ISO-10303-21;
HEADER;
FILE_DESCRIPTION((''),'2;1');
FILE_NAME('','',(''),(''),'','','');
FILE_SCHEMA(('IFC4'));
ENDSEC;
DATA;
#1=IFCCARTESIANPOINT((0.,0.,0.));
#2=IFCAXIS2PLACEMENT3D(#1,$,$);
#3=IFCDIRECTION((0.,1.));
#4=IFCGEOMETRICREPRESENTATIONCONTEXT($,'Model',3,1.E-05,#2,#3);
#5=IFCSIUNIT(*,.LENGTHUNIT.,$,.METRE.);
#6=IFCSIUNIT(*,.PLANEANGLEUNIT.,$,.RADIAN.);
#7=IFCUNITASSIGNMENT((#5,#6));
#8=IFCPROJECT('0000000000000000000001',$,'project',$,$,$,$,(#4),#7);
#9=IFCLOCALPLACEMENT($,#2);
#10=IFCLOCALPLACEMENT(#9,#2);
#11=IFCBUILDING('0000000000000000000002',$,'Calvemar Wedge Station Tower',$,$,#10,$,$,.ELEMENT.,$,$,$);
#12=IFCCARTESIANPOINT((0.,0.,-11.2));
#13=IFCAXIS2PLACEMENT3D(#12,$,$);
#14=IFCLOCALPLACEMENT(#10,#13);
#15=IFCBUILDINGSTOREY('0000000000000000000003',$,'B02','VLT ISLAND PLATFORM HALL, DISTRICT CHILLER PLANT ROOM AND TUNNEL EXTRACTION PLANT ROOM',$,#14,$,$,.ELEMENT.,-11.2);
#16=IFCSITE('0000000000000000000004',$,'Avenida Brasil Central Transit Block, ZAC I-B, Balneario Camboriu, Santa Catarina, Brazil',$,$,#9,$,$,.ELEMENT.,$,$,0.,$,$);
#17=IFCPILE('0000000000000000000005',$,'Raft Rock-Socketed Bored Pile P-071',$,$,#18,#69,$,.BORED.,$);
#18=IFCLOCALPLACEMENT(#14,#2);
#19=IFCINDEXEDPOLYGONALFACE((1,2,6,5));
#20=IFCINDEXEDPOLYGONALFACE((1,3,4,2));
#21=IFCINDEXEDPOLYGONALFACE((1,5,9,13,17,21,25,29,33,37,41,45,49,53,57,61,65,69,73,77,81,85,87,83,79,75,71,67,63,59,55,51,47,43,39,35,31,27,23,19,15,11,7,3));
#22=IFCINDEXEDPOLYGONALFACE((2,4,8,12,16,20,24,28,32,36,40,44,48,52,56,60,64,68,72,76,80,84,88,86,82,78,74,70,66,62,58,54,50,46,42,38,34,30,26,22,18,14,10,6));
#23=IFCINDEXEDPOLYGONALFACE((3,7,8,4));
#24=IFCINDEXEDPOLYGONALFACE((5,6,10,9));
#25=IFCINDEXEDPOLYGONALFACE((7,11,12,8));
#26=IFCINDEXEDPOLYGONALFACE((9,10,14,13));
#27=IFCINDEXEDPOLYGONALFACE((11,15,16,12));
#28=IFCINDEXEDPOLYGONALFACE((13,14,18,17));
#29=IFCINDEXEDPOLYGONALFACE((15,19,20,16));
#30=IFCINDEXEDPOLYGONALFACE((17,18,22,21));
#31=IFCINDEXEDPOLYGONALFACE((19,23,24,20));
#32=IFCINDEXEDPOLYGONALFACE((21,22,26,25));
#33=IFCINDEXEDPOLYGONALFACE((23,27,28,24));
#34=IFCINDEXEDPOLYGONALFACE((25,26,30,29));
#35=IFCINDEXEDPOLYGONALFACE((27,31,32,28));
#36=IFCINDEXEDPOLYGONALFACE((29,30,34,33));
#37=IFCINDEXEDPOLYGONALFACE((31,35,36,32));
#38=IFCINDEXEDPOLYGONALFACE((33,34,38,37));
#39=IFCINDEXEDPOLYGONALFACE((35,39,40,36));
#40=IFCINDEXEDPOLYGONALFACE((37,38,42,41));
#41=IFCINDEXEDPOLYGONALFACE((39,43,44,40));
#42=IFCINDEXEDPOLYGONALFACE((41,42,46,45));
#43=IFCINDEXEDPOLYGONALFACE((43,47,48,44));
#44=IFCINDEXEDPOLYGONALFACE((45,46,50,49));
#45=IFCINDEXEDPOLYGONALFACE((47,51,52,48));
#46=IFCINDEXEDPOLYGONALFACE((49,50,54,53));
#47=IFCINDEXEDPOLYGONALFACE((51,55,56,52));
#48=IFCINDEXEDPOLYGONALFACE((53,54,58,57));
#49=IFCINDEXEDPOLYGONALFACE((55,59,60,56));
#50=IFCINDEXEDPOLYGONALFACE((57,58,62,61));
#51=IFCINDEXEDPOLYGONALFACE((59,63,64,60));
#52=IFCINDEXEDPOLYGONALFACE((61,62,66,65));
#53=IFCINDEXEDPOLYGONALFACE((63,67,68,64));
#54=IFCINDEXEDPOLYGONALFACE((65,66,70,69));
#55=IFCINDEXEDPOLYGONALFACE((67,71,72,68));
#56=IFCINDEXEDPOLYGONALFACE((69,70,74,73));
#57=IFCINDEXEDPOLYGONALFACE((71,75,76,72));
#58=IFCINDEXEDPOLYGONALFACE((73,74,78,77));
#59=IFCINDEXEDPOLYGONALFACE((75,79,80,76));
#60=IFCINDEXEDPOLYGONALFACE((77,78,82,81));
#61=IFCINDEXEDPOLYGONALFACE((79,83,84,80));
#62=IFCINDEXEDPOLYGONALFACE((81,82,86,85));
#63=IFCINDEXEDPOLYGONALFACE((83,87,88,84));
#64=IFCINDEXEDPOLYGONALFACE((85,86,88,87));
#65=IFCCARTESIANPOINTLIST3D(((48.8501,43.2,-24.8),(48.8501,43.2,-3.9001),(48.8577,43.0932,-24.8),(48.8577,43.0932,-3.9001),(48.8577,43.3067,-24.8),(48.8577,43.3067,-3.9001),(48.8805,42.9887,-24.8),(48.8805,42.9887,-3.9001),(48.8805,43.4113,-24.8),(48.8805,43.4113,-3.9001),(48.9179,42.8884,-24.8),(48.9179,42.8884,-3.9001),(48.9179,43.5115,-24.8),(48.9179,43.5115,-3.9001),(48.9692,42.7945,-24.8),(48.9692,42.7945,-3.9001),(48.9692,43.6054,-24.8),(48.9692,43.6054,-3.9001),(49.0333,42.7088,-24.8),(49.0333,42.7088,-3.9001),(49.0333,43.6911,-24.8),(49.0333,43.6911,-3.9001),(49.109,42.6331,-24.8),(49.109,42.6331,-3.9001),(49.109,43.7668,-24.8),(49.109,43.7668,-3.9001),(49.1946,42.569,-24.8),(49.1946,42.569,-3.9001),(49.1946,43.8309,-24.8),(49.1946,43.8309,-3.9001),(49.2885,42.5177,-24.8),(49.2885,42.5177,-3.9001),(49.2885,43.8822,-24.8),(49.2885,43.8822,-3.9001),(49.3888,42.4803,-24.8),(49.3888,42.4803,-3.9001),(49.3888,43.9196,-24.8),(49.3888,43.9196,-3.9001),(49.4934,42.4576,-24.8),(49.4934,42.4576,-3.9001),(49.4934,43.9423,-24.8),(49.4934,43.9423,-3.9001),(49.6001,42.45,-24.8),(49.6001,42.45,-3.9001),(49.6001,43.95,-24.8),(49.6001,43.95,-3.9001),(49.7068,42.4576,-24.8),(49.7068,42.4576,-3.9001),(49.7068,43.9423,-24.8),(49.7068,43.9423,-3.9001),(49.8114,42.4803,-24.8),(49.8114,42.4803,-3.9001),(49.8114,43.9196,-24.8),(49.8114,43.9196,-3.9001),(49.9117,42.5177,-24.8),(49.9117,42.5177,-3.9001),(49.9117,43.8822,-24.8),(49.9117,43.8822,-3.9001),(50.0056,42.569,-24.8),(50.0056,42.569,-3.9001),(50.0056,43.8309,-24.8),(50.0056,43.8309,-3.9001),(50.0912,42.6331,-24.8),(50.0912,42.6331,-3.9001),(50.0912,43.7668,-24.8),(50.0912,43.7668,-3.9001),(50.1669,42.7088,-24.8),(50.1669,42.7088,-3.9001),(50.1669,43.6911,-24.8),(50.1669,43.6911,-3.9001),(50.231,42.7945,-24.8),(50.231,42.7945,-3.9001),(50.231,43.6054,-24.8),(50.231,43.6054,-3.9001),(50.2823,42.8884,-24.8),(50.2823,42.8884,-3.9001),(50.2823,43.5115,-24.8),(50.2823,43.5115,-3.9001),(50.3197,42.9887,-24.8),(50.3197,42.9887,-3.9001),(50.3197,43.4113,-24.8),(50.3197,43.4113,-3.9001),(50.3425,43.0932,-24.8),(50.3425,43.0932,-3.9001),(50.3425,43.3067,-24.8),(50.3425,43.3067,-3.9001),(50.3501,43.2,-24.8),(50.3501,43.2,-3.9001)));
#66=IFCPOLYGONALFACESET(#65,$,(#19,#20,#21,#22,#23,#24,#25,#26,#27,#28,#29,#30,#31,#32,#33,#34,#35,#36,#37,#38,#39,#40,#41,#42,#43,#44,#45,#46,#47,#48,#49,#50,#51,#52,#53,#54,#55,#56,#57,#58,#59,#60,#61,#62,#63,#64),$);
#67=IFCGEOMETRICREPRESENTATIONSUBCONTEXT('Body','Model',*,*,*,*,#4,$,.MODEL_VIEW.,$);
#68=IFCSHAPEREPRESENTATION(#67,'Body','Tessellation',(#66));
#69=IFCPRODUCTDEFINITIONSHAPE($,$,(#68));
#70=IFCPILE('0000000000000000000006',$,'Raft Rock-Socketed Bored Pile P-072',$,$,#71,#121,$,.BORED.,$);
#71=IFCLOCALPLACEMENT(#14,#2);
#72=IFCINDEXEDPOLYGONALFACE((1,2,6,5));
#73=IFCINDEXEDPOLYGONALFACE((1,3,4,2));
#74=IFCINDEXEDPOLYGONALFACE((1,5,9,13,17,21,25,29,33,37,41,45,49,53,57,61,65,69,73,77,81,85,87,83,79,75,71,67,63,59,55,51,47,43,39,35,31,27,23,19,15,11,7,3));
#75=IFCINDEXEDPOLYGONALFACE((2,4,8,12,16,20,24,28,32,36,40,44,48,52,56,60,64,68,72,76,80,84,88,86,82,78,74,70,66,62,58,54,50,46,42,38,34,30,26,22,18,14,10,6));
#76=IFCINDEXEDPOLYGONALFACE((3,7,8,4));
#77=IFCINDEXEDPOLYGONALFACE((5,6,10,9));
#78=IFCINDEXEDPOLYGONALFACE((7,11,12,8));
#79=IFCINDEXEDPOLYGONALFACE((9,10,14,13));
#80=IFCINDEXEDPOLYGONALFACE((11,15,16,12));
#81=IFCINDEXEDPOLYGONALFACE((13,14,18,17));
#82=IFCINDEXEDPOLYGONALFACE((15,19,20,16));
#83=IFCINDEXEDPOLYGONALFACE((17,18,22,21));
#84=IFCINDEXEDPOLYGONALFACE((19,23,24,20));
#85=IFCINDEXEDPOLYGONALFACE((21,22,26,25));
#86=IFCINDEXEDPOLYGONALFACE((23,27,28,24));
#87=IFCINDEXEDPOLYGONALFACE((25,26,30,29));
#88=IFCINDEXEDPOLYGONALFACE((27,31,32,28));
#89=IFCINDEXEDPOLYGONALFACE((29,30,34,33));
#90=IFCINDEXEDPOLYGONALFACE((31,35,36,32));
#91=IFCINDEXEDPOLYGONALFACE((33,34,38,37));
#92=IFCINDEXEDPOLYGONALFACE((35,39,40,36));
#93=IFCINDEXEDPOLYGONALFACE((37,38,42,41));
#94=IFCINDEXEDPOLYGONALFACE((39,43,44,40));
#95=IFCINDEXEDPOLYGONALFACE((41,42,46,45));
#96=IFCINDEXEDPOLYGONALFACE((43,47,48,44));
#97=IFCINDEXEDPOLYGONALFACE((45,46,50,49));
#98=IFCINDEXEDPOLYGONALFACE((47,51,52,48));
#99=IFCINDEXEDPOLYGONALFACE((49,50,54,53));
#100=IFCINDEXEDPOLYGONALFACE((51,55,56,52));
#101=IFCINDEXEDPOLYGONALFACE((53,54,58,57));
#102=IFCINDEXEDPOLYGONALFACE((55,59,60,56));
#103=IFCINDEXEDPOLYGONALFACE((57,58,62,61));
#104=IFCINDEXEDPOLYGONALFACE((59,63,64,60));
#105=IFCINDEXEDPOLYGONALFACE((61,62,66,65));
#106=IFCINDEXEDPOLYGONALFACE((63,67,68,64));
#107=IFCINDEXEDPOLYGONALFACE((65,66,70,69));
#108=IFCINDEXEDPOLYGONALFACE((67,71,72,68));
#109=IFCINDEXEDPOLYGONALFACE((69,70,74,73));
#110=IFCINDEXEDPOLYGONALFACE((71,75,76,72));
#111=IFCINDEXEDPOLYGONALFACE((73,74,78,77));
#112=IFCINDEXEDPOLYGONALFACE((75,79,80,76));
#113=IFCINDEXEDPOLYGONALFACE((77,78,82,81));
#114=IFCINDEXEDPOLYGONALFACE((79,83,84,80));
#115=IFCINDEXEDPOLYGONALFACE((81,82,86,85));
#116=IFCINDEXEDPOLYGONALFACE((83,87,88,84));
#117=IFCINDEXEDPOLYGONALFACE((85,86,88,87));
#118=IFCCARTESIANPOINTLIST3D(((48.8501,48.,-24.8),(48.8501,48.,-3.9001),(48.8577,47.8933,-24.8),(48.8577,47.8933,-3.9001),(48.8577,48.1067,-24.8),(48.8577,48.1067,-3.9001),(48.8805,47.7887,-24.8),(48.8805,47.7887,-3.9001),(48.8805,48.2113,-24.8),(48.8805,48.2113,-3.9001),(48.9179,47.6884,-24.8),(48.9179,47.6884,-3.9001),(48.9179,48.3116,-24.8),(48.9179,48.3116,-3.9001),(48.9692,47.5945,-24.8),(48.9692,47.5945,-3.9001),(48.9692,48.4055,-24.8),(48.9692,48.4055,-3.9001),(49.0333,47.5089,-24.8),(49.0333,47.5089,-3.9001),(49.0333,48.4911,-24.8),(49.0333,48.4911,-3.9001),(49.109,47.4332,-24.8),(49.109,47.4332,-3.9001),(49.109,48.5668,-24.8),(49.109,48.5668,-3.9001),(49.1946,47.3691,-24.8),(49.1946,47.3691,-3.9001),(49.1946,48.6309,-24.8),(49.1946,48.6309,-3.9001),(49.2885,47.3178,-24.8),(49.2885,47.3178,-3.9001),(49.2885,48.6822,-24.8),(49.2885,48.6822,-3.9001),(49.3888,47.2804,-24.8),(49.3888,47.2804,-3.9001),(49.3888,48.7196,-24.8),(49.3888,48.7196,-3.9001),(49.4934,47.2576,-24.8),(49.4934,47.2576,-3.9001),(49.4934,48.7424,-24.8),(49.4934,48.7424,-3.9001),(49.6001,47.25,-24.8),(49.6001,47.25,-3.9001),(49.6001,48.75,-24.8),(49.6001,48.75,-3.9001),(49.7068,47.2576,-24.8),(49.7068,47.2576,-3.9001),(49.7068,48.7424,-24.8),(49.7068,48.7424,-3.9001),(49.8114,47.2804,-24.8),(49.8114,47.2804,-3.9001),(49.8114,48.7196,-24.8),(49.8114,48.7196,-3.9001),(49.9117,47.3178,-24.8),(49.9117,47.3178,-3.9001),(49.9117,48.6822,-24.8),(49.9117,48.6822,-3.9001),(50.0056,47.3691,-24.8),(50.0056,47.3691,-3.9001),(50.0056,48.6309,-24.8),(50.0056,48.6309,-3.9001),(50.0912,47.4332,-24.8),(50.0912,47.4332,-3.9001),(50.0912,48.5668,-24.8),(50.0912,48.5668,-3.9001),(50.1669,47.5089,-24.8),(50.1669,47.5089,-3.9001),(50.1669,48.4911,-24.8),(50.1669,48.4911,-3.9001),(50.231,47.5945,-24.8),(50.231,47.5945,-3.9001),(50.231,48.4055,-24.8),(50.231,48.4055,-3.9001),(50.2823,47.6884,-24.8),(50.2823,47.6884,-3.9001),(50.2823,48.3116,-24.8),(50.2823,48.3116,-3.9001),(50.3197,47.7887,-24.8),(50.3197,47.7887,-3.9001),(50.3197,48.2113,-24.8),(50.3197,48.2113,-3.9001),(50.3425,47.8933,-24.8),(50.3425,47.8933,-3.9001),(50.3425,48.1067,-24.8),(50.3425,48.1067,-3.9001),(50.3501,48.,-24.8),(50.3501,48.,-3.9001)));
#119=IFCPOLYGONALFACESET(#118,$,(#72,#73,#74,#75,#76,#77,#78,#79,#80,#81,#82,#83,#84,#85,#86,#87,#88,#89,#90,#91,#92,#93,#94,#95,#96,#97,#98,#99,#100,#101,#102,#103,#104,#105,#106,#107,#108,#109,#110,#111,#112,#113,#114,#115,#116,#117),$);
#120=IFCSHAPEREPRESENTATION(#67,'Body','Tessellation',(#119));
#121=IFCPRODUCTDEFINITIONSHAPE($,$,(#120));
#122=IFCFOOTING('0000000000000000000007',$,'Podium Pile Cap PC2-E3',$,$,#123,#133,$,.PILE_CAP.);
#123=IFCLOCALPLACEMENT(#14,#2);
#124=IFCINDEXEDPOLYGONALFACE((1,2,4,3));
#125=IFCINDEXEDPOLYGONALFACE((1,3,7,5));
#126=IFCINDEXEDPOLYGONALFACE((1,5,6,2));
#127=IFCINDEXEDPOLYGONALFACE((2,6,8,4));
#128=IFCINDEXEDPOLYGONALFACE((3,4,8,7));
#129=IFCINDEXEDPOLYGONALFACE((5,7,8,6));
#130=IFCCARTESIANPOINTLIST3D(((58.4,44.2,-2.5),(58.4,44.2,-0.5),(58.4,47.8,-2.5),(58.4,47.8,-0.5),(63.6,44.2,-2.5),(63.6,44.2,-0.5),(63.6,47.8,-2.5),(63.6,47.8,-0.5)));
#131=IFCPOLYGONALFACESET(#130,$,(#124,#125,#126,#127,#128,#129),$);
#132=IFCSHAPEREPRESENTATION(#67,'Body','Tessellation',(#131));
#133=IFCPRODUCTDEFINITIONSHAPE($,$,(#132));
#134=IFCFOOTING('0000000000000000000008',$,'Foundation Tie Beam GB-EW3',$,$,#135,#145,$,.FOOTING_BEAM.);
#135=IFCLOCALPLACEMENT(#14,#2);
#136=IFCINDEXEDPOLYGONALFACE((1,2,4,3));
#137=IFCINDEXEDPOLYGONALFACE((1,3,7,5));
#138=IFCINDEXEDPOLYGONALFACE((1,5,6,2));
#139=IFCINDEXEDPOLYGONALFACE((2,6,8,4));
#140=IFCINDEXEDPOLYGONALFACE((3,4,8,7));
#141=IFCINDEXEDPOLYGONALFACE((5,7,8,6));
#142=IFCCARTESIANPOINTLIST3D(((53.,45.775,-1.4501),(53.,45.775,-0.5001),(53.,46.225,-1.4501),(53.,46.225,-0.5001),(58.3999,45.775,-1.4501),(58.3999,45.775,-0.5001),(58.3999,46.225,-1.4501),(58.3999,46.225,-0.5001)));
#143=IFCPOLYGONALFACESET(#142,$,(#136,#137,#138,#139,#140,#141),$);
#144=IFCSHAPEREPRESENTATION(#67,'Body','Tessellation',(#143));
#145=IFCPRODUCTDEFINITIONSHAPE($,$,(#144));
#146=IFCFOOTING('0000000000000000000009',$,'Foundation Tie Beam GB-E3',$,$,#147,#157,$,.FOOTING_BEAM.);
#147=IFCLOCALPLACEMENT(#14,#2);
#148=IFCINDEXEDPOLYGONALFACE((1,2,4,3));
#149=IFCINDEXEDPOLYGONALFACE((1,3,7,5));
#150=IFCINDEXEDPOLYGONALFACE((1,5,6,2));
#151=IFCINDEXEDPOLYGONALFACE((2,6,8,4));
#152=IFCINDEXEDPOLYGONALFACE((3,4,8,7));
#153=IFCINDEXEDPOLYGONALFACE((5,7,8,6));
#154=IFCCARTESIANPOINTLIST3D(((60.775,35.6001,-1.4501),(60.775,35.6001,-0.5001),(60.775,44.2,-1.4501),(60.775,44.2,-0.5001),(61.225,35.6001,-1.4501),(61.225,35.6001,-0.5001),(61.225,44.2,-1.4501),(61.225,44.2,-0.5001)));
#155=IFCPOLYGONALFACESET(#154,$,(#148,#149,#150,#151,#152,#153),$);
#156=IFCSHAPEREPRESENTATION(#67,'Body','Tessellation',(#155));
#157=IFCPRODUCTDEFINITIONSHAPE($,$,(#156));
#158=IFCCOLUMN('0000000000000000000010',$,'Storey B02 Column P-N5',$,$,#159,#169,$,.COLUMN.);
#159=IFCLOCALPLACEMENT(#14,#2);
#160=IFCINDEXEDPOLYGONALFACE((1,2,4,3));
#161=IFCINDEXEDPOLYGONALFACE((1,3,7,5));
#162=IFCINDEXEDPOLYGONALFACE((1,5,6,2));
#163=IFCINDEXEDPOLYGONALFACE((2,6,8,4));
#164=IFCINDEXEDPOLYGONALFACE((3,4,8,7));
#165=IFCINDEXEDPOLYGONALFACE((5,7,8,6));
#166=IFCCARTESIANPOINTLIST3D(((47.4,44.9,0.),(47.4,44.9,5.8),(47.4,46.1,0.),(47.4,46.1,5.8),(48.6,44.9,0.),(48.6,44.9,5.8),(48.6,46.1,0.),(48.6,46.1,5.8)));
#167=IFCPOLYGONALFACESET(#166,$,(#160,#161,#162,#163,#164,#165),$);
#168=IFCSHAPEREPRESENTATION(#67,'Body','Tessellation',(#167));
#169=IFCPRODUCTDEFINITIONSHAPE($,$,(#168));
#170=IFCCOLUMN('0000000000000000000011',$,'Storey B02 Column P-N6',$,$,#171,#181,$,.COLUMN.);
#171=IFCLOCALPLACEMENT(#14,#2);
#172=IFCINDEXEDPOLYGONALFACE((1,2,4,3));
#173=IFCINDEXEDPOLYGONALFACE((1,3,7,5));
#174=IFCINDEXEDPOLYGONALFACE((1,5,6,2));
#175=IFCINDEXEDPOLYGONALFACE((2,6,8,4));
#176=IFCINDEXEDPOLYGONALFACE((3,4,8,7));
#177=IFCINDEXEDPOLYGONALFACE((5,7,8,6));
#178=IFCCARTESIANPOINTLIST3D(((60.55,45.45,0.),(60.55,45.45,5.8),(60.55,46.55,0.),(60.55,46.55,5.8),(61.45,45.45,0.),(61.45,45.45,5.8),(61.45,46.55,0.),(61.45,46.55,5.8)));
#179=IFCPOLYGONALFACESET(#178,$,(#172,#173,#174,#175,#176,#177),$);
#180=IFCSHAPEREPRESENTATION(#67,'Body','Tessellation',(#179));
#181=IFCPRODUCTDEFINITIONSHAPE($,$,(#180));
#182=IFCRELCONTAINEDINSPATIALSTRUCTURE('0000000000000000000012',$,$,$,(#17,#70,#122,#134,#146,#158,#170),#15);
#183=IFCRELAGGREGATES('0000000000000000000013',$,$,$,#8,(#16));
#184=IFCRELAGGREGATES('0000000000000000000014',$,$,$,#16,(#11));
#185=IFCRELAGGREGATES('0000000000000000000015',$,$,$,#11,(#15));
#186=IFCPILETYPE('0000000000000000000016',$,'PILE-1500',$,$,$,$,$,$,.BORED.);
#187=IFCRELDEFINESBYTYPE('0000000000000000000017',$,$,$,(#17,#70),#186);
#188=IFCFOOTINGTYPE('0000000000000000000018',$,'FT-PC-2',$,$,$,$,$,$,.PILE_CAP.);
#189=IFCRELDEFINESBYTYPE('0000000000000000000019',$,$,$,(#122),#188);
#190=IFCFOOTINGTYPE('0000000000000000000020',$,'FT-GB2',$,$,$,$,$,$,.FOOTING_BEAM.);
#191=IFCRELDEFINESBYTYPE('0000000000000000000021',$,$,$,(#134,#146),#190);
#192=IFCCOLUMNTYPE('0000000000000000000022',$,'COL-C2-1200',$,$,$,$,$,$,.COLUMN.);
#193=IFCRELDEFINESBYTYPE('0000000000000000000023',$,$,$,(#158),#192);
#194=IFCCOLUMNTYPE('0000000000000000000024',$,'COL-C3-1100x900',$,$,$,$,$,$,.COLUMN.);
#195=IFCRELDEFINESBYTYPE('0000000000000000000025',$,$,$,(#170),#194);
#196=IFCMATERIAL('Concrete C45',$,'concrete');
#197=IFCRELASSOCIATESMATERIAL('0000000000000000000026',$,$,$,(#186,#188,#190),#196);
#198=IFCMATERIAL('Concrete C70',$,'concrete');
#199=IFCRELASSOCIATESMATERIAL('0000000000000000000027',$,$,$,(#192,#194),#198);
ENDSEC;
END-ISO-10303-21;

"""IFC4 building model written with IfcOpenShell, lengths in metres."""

from ifc_helpers import new_model, si_unit, direction, frame, origin, origin_2d, place, context, subcontext, project, spatial, rectangle, circle, extrude, source, transform, mapped, material, material_profile, profile_set, type_object, element, save


model = new_model("IFC4")

# Units and contexts
model_context = context("Model", 3, precision=1e-05, world=origin(), true_north=direction((0.0, 1.0)))
body_context = subcontext(model_context, "Body", "Model", "MODEL_VIEW")
ifc_project = project(units=[si_unit("LENGTHUNIT", "METRE"), si_unit("PLANEANGLEUNIT", "RADIAN")], contexts=[model_context])

# Site, building, storey
site_placement = place(None, origin())
site = spatial("IfcSite", under=ifc_project, at=site_placement, Name="Avenida Brasil Central Transit Block, ZAC I-B, Balneario Camboriu, Santa Catarina, Brazil", CompositionType="ELEMENT", RefElevation=0.0)
building_placement = place(site_placement, origin())
building = spatial("IfcBuilding", under=site, at=building_placement, Name="Calvemar Wedge Station Tower", CompositionType="ELEMENT")
storey_placement = place(building_placement, frame((0.0, 0.0, -11.2)))
storey = spatial("IfcBuildingStorey", under=building, at=storey_placement, Name="B02", Description="VLT ISLAND PLATFORM HALL, DISTRICT CHILLER PLANT ROOM AND TUNNEL EXTRACTION PLANT ROOM", CompositionType="ELEMENT", Elevation=-11.2)

# Piles
ifc_material_1 = material(Name="Concrete C45", Category="concrete")
ifc_material_profile_1 = material_profile(ifc_material_1, circle(Radius=0.75, at=origin_2d()), Name="PILE-D1500")
ifc_profile_set_1 = profile_set([ifc_material_profile_1], Name="Concrete C45")
pile_type_1 = type_object("IfcPileType", Name="PILE-1500", PredefinedType="BORED", material=ifc_profile_set_1)
for number, where, z_axis, x_axis, name in (
    (1, (49.6001, 43.2, -3.9001), (0.0, 0.0, -1.0), (1.0, 0.0, 0.0), "Raft Rock-Socketed Bored Pile P-071"),
    (2, (49.6001, 48.0, -3.9001), (0.0, 0.0, -1.0), (1.0, 0.0, 0.0), "Raft Rock-Socketed Bored Pile P-072"),
):
    element("IfcPile", number, at=place(storey_placement, frame(where, z_axis=z_axis, x_axis=x_axis)), inside=storey, type_object=pile_type_1, Name=name, PredefinedType="BORED", context=body_context, shape_type="SweptSolid", body=[
        extrude(circle(Radius=0.75, at=origin_2d()), origin(), (0.0, 0.0, 1.0), 20.8999),
    ])

# Footings
footing_type_1 = type_object("IfcFootingType", Name="FT-PC-2", PredefinedType="PILE_CAP", material=ifc_material_1)
shared_shape_1 = source(origin(), body_context, "Body", "SweptSolid", [
    extrude(rectangle(XDim=5.2, YDim=3.6001, at=origin_2d()), origin(), (0.0, 0.0, 1.0), 2.0),
])
footing_1_placement = place(storey_placement, frame((61.0, 46.0, -2.5), z_axis=(0.0, 0.0, 1.0), x_axis=(1.0, 0.0, 0.0)))
element("IfcFooting", 3, at=footing_1_placement, inside=storey, type_object=footing_type_1, Name="Podium Pile Cap PC2-E3", PredefinedType="PILE_CAP", context=body_context, shape_type="MappedRepresentation", body=[
    mapped(shared_shape_1, transform((0.0, 0.0, 0.0), scale=1.0)),
])
ifc_material_profile_2 = material_profile(ifc_material_1, rectangle(XDim=0.45, YDim=0.95, at=origin_2d()), Name="RC450x950")
ifc_profile_set_2 = profile_set([ifc_material_profile_2], Name="Concrete C45")
footing_type_2 = type_object("IfcFootingType", Name="FT-GB2", PredefinedType="FOOTING_BEAM", material=ifc_profile_set_2)
shared_shape_2 = source(origin(), body_context, "Body", "SweptSolid", [
    extrude(rectangle(XDim=0.45, YDim=0.95, at=origin_2d()), origin(), (0.0, 0.0, 1.0), 5.3999),
])
footing_2_placement = place(storey_placement, frame((53.0, 46.0, -0.9751), z_axis=(1.0, 0.0, 0.0), x_axis=(0.0, 1.0, 0.0)))
element("IfcFooting", 4, at=footing_2_placement, inside=storey, type_object=footing_type_2, Name="Foundation Tie Beam GB-EW3", PredefinedType="FOOTING_BEAM", context=body_context, shape_type="MappedRepresentation", body=[
    mapped(shared_shape_2, transform((0.0, 0.0, 0.0), scale=1.0)),
])
shared_shape_3 = source(origin(), body_context, "Body", "SweptSolid", [
    extrude(rectangle(XDim=0.45, YDim=0.95, at=origin_2d()), origin(), (0.0, 0.0, 1.0), 8.5999),
])
footing_3_placement = place(storey_placement, frame((61.0, 35.6001, -0.9751), z_axis=(0.0, 1.0, 0.0), x_axis=(-1.0, 0.0, 0.0)))
element("IfcFooting", 5, at=footing_3_placement, inside=storey, type_object=footing_type_2, Name="Foundation Tie Beam GB-E3", PredefinedType="FOOTING_BEAM", context=body_context, shape_type="MappedRepresentation", body=[
    mapped(shared_shape_3, transform((0.0, 0.0, 0.0), scale=1.0)),
])

# Columns
ifc_material_2 = material(Name="Concrete C70", Category="concrete")
ifc_material_profile_3 = material_profile(ifc_material_2, rectangle(XDim=1.2, YDim=1.2, at=origin_2d()), Name="RC1200x1200")
ifc_profile_set_3 = profile_set([ifc_material_profile_3], Name="Concrete C70")
column_type_1 = type_object("IfcColumnType", Name="COL-C2-1200", PredefinedType="COLUMN", material=ifc_profile_set_3)
shared_shape_4 = source(origin(), body_context, "Body", "SweptSolid", [
    extrude(rectangle(XDim=1.2, YDim=1.2, at=origin_2d()), origin(), (0.0, 0.0, 1.0), 5.8),
])
column_1_placement = place(storey_placement, frame((48.0, 45.5, 0.0), z_axis=(0.0, 0.0, 1.0), x_axis=(1.0, 0.0, 0.0)))
element("IfcColumn", 6, at=column_1_placement, inside=storey, type_object=column_type_1, Name="Storey B02 Column P-N5", PredefinedType="COLUMN", context=body_context, shape_type="MappedRepresentation", body=[
    mapped(shared_shape_4, transform((0.0, 0.0, 0.0), scale=1.0)),
])
ifc_material_profile_4 = material_profile(ifc_material_2, rectangle(XDim=0.8999, YDim=1.1001, at=origin_2d()), Name="RC1100x900")
ifc_profile_set_4 = profile_set([ifc_material_profile_4], Name="Concrete C70")
column_type_2 = type_object("IfcColumnType", Name="COL-C3-1100x900", PredefinedType="COLUMN", material=ifc_profile_set_4)
shared_shape_5 = source(origin(), body_context, "Body", "SweptSolid", [
    extrude(rectangle(XDim=0.8999, YDim=1.1001, at=origin_2d()), origin(), (0.0, 0.0, 1.0), 5.8),
])
column_2_placement = place(storey_placement, frame((61.0, 46.0, 0.0), z_axis=(0.0, 0.0, 1.0), x_axis=(1.0, 0.0, 0.0)))
element("IfcColumn", 7, at=column_2_placement, inside=storey, type_object=column_type_2, Name="Storey B02 Column P-N6", PredefinedType="COLUMN", context=body_context, shape_type="MappedRepresentation", body=[
    mapped(shared_shape_5, transform((0.0, 0.0, 0.0), scale=1.0)),
])

save(model, "model.ifc")
